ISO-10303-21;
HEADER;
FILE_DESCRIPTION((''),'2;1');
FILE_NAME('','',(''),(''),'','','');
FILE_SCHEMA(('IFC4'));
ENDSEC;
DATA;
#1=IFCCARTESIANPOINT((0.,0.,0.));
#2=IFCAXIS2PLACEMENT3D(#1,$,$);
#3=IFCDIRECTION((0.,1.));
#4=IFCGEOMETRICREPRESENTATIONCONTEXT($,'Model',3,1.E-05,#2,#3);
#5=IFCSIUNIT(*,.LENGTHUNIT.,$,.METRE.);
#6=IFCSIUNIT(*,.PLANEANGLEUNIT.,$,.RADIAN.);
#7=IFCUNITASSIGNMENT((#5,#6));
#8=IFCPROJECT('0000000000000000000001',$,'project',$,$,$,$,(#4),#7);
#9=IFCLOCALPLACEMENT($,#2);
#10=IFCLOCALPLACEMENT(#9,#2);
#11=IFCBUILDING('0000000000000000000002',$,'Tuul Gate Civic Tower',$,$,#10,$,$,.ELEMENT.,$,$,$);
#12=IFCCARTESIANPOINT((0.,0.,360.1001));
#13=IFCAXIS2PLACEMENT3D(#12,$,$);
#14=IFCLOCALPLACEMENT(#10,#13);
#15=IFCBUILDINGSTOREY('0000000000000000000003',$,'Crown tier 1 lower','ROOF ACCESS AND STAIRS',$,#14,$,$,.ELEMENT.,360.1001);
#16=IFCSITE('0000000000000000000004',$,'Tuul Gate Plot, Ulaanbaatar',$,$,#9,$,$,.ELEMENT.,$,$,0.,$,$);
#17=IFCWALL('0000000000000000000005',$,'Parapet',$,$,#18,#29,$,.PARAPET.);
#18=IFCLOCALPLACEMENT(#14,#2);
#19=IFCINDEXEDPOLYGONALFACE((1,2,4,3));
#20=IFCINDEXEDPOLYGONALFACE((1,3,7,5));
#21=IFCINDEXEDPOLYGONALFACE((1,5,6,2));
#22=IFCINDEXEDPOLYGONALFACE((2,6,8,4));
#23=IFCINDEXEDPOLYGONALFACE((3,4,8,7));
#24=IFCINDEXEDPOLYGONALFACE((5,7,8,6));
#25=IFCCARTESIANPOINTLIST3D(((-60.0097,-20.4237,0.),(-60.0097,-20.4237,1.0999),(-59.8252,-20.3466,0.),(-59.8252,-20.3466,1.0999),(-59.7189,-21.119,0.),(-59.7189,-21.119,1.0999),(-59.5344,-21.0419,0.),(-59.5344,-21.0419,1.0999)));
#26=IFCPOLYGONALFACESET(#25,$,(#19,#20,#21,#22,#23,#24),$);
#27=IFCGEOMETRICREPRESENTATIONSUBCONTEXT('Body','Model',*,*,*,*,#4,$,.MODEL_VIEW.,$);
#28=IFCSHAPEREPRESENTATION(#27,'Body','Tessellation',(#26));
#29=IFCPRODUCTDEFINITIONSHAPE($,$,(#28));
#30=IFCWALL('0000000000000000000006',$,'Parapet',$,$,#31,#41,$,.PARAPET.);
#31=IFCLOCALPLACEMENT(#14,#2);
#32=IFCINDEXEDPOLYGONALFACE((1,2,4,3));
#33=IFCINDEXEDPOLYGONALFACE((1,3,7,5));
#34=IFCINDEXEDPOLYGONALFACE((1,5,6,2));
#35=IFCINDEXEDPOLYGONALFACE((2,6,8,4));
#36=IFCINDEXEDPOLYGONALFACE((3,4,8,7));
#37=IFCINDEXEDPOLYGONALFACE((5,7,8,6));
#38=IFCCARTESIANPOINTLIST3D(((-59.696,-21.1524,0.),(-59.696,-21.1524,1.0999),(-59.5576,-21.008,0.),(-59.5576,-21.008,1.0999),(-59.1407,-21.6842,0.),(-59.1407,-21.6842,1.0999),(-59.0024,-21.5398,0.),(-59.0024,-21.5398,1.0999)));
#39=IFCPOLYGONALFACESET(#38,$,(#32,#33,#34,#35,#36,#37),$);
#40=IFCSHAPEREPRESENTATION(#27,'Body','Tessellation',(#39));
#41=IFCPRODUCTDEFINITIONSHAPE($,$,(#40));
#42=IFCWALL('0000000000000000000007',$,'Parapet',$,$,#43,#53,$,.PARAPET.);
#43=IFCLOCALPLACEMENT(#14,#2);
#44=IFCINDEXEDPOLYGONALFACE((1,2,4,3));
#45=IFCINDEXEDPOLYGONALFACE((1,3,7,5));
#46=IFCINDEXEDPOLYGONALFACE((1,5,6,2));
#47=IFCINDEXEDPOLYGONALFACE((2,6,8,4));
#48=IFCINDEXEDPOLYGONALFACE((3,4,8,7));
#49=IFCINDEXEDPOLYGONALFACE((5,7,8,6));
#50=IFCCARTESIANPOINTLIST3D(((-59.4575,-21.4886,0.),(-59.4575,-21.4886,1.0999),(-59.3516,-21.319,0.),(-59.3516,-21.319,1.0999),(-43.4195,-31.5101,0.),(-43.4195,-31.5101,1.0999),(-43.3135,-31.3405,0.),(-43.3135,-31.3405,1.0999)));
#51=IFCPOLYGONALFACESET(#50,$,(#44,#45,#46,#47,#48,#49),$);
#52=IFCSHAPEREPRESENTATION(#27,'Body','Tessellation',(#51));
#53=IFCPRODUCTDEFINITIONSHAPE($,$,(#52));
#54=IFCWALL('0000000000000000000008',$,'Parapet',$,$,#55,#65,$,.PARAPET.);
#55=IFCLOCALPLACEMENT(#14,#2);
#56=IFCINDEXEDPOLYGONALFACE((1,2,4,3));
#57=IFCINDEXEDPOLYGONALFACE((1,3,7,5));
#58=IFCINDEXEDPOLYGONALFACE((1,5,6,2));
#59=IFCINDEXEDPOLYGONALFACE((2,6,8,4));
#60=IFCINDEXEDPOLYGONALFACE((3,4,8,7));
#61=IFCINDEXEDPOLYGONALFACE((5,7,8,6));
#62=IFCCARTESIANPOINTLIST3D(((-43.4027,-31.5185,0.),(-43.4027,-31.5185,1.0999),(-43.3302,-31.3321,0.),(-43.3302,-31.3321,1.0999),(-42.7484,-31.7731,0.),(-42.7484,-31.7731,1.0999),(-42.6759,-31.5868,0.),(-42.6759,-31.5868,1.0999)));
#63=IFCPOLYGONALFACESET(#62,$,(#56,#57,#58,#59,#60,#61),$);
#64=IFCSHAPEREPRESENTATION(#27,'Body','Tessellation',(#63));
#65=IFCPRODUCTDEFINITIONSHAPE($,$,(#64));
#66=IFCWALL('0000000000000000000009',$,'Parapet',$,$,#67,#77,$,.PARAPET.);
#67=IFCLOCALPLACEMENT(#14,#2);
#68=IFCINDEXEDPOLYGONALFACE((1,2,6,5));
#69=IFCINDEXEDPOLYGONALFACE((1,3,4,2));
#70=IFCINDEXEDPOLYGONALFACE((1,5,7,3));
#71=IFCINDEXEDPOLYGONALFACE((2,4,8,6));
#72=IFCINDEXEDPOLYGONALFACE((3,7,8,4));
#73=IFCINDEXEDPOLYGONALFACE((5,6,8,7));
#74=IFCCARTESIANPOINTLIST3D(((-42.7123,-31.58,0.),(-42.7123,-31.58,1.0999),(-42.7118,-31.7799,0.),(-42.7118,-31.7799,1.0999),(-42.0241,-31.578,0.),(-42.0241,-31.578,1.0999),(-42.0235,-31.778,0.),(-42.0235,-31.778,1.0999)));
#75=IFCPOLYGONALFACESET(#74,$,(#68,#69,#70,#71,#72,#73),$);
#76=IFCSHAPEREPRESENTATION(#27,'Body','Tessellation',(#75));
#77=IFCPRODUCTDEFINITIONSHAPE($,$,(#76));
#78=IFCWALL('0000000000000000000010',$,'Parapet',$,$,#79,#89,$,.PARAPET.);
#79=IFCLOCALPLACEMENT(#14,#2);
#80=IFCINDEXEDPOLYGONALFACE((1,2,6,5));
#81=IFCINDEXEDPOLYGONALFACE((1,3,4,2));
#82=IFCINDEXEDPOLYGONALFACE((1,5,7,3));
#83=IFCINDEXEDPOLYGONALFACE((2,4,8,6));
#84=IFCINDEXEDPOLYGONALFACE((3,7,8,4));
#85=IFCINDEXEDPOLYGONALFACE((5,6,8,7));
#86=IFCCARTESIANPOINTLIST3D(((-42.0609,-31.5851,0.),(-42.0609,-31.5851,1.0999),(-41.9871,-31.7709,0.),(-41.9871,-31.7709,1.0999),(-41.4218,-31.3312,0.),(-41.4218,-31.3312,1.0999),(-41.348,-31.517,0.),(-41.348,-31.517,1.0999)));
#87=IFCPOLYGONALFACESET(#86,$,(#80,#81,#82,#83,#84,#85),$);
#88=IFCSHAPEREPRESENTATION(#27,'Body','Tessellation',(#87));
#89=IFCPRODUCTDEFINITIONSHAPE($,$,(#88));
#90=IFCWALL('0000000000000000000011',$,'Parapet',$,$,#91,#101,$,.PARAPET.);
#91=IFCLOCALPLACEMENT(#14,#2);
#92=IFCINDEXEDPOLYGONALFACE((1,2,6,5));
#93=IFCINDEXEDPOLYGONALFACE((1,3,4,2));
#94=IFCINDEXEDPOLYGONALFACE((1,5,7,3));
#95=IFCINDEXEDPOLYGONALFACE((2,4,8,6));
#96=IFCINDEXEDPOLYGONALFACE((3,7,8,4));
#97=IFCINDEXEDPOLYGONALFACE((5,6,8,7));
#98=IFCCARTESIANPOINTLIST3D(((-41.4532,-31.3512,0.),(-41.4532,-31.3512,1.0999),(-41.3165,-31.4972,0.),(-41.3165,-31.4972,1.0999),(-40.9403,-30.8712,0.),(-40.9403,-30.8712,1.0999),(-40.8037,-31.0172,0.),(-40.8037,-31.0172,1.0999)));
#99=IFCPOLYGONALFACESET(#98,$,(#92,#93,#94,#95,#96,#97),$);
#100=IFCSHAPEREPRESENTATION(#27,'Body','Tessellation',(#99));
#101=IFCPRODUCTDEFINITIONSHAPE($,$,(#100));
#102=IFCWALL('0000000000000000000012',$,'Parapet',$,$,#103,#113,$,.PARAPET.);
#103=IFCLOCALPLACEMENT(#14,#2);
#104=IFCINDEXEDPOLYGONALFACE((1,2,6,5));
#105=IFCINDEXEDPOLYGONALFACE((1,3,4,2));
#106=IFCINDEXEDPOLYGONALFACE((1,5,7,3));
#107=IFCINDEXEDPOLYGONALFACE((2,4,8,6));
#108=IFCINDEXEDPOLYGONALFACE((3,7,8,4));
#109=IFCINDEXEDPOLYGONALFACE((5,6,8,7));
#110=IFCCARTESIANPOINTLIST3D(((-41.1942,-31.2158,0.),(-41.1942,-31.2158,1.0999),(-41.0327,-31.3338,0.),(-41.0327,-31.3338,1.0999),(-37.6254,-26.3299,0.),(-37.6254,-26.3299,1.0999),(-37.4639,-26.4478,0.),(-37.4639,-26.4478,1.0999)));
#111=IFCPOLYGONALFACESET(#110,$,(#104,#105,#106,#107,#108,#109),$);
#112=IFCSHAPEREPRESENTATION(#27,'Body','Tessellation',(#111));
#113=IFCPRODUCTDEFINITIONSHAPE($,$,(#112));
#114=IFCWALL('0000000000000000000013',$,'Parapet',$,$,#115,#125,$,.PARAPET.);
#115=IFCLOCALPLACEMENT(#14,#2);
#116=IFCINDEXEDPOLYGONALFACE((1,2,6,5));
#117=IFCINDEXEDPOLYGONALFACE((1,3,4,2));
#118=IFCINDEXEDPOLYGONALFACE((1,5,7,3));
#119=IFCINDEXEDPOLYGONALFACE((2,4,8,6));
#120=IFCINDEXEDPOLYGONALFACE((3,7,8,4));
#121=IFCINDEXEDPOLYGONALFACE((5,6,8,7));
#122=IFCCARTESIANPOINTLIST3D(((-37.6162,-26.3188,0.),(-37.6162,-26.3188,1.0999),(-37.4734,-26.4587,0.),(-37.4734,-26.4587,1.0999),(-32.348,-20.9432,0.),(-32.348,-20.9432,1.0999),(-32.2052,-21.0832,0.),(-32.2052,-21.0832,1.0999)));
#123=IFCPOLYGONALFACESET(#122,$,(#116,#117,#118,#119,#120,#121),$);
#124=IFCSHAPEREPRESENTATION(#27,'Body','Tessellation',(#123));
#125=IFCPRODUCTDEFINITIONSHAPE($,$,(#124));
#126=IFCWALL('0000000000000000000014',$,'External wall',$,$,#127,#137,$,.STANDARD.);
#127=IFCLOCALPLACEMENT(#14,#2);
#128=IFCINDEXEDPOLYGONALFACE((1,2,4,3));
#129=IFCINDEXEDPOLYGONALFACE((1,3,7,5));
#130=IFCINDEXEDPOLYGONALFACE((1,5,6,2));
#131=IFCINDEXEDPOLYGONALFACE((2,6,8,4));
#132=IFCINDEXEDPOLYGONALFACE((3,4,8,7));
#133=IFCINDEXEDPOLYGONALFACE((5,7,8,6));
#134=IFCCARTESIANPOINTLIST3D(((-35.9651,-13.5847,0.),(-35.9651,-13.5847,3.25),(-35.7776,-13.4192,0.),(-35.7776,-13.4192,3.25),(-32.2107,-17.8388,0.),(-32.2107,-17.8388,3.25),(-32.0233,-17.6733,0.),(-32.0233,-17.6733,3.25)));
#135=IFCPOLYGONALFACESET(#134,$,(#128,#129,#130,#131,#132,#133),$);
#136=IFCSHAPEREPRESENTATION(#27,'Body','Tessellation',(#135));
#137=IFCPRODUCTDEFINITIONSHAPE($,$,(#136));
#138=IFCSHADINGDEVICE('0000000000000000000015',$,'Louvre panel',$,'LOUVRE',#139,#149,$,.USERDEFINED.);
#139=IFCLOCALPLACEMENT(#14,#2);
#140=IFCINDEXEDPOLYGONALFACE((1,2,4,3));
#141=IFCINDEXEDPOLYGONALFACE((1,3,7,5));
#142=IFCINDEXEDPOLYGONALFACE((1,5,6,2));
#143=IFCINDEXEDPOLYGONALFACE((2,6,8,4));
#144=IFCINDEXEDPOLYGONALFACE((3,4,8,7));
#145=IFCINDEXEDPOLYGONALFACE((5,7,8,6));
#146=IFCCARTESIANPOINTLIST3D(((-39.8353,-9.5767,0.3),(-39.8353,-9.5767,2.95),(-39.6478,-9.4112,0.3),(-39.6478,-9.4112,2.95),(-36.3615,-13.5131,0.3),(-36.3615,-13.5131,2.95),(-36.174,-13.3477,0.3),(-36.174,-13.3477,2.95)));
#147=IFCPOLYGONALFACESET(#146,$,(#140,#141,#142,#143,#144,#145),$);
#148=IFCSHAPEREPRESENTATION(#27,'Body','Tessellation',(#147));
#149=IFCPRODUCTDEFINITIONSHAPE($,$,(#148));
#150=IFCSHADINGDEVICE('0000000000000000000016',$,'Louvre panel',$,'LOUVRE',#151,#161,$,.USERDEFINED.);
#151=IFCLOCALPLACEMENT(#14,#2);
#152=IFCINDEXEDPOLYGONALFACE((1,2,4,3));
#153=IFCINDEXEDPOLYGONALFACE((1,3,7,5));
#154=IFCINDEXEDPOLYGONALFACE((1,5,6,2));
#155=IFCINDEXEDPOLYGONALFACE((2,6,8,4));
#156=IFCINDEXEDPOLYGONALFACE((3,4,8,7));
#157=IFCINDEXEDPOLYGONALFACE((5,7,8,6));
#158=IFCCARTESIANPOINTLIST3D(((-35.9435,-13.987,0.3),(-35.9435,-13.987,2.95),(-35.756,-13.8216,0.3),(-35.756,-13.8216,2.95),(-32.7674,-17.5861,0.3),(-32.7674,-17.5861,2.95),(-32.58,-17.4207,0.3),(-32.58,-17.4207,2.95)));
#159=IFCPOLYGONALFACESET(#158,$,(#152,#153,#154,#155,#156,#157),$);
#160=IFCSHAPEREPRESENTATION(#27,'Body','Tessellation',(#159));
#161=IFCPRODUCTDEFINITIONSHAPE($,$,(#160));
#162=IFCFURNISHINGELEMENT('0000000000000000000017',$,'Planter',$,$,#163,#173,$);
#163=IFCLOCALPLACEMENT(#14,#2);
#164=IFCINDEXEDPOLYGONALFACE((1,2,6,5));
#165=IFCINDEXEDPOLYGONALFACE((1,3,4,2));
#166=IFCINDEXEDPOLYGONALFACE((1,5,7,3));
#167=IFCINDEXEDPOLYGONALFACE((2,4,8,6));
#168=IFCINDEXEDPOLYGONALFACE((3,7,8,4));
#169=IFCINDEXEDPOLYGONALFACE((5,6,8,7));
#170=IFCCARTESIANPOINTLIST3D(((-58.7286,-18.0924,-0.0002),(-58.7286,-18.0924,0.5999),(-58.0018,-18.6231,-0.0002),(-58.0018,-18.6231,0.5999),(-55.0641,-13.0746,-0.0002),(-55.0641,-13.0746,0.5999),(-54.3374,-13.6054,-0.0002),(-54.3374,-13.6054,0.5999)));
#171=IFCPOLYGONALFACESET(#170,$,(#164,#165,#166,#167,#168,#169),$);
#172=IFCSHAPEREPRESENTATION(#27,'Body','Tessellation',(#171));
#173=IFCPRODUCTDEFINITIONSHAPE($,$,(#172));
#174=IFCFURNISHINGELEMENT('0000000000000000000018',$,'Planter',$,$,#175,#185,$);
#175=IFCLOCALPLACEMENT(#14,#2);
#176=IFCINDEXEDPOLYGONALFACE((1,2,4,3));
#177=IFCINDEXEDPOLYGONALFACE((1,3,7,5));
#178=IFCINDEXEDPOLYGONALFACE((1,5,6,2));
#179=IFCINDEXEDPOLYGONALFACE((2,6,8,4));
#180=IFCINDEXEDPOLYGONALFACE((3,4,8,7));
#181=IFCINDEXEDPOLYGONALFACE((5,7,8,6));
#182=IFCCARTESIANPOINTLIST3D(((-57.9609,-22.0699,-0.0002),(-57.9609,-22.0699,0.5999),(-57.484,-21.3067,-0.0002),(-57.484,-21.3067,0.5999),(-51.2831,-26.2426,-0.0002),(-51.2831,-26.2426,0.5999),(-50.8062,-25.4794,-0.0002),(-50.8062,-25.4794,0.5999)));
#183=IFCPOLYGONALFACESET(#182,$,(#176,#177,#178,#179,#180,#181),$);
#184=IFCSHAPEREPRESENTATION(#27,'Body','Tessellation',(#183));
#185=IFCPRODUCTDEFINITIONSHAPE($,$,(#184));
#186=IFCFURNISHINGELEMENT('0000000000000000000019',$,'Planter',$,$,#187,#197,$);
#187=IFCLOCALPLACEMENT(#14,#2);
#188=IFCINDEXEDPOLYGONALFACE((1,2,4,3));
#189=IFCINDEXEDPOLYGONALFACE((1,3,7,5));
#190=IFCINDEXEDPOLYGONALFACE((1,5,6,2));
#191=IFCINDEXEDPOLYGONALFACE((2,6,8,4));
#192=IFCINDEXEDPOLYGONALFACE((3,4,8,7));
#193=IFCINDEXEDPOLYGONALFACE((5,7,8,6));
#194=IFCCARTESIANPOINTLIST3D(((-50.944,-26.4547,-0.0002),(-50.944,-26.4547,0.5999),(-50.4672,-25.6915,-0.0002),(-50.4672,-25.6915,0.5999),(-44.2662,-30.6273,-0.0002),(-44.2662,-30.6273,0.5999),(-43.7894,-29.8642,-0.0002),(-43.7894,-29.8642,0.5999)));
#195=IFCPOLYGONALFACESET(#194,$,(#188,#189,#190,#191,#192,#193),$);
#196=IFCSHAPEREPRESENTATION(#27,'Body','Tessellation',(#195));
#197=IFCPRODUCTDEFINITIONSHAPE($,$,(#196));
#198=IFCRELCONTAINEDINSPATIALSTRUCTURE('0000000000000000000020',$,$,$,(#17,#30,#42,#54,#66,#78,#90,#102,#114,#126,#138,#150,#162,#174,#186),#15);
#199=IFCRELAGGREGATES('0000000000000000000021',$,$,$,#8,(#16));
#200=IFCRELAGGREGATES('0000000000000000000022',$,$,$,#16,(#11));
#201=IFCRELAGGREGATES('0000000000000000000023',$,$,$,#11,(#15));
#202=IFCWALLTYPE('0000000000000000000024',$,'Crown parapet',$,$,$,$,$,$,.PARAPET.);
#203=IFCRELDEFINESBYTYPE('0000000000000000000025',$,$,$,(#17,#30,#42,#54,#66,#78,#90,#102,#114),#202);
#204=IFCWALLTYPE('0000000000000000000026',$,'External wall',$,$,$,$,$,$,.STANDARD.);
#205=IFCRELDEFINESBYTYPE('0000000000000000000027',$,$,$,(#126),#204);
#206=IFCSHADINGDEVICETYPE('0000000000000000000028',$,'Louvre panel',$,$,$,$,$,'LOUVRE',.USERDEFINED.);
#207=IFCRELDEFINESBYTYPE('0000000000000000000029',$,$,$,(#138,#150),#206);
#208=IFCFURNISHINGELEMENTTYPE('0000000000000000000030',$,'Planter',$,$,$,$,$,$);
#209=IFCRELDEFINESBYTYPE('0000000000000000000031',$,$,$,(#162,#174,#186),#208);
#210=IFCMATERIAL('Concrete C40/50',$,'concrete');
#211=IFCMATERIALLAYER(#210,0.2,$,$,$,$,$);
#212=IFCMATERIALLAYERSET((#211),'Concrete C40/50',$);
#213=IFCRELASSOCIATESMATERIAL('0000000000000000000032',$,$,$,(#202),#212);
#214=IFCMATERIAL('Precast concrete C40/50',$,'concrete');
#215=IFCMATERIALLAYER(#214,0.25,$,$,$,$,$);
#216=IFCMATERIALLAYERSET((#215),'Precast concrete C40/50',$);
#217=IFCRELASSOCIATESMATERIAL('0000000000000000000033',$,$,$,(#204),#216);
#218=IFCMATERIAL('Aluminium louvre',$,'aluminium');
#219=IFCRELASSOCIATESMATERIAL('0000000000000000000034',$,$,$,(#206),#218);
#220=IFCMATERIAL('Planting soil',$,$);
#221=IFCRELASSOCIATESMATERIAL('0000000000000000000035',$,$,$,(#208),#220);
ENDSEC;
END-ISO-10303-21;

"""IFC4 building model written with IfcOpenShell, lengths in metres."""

from ifc_helpers import new_model, si_unit, direction, frame, frame_2d, origin, origin_2d, place, context, subcontext, project, spatial, rectangle, extrude, material, layer, layer_set, type_object, element, save


model = new_model("IFC4")

# Units and contexts
model_context = context("Model", 3, precision=1e-05, world=origin(), true_north=direction((0.0, 1.0)))
body_context = subcontext(model_context, "Body", "Model", "MODEL_VIEW")
ifc_project = project(units=[si_unit("LENGTHUNIT", "METRE"), si_unit("PLANEANGLEUNIT", "RADIAN")], contexts=[model_context])

# Site, building, storey
site_placement = place(None, origin())
site = spatial("IfcSite", under=ifc_project, at=site_placement, Name="Tuul Gate Plot, Ulaanbaatar", CompositionType="ELEMENT", RefElevation=0.0)
building_placement = place(site_placement, origin())
building = spatial("IfcBuilding", under=site, at=building_placement, Name="Tuul Gate Civic Tower", CompositionType="ELEMENT")
storey_placement = place(building_placement, frame((0.0, 0.0, 360.1001)))
storey = spatial("IfcBuildingStorey", under=building, at=storey_placement, Name="Crown tier 1 lower", Description="ROOF ACCESS AND STAIRS", CompositionType="ELEMENT", Elevation=360.1001)

# Walls
ifc_material_1 = material(Name="Concrete C40/50", Category="concrete")
ifc_layer_1 = layer(ifc_material_1, 0.2)
ifc_layer_set_1 = layer_set([ifc_layer_1], Name="Concrete C40/50")
wall_type_1 = type_object("IfcWallType", Name="Crown parapet", PredefinedType="PARAPET", material=ifc_layer_set_1)
wall_1_placement = place(storey_placement, frame((-59.9175, -20.385, 0.0), z_axis=(0.0, 0.0, 1.0), x_axis=(0.385811, -0.922578, 0.0)))
element("IfcWall", 1, at=wall_1_placement, inside=storey, type_object=wall_type_1, Name="Parapet", PredefinedType="PARAPET", context=body_context, shape_type="SweptSolid", body=[
    extrude(rectangle(XDim=0.7537, YDim=0.2, at=frame_2d((0.377, 0.0))), origin(), (0.0, 0.0, 1.0), 1.0999),
])
wall_2_placement = place(storey_placement, frame((-59.6267, -21.0803, 0.0), z_axis=(0.0, 0.0, 1.0), x_axis=(0.722186, -0.691698, 0.0)))
element("IfcWall", 2, at=wall_2_placement, inside=storey, type_object=wall_type_1, Name="Parapet", PredefinedType="PARAPET", context=body_context, shape_type="SweptSolid", body=[
    extrude(rectangle(XDim=0.7688, YDim=0.2, at=frame_2d((0.3843, 0.0))), origin(), (0.0, 0.0, 1.0), 1.0999),
])
wall_3_placement = place(storey_placement, frame((-59.4045, -21.4038, 0.0), z_axis=(0.0, 0.0, 1.0), x_axis=(0.848053, -0.529911, 0.0)))
element("IfcWall", 3, at=wall_3_placement, inside=storey, type_object=wall_type_1, Name="Parapet", PredefinedType="PARAPET", context=body_context, shape_type="SweptSolid", body=[
    extrude(rectangle(XDim=18.9116, YDim=0.2, at=frame_2d((9.4558, 0.0))), origin(), (0.0, 0.0, 1.0), 1.0999),
])
wall_4_placement = place(storey_placement, frame((-43.3665, -31.4253, 0.0), z_axis=(0.0, 0.0, 1.0), x_axis=(0.931913, -0.362681, 0.0)))
element("IfcWall", 4, at=wall_4_placement, inside=storey, type_object=wall_type_1, Name="Parapet", PredefinedType="PARAPET", context=body_context, shape_type="SweptSolid", body=[
    extrude(rectangle(XDim=0.7021, YDim=0.2, at=frame_2d((0.3511, 0.0))), origin(), (0.0, 0.0, 1.0), 1.0999),
])
wall_5_placement = place(storey_placement, frame((-42.7122, -31.6799, 0.0), z_axis=(0.0, 0.0, 1.0), x_axis=(0.999996, 0.002838, 0.0)))
element("IfcWall", 5, at=wall_5_placement, inside=storey, type_object=wall_type_1, Name="Parapet", PredefinedType="PARAPET", context=body_context, shape_type="SweptSolid", body=[
    extrude(rectangle(XDim=0.6882, YDim=0.2, at=frame_2d((0.3442, 0.0))), origin(), (0.0, 0.0, 1.0), 1.0999),
])
wall_6_placement = place(storey_placement, frame((-42.0239, -31.678, 0.0), z_axis=(0.0, 0.0, 1.0), x_axis=(0.929355, 0.369186, 0.0)))
element("IfcWall", 6, at=wall_6_placement, inside=storey, type_object=wall_type_1, Name="Parapet", PredefinedType="PARAPET", context=body_context, shape_type="SweptSolid", body=[
    extrude(rectangle(XDim=0.6877, YDim=0.2, at=frame_2d((0.3438, 0.0))), origin(), (0.0, 0.0, 1.0), 1.0999),
])
wall_7_placement = place(storey_placement, frame((-41.3848, -31.4241, 0.0), z_axis=(0.0, 0.0, 1.0), x_axis=(0.730176, 0.683259, 0.0)))
element("IfcWall", 7, at=wall_7_placement, inside=storey, type_object=wall_type_1, Name="Parapet", PredefinedType="PARAPET", context=body_context, shape_type="SweptSolid", body=[
    extrude(rectangle(XDim=0.7024, YDim=0.2, at=frame_2d((0.3511, 0.0))), origin(), (0.0, 0.0, 1.0), 1.0999),
])
wall_8_placement = place(storey_placement, frame((-41.1135, -31.2749, 0.0), z_axis=(0.0, 0.0, 1.0), x_axis=(0.589835, 0.807523, 0.0)))
element("IfcWall", 8, at=wall_8_placement, inside=storey, type_object=wall_type_1, Name="Parapet", PredefinedType="PARAPET", context=body_context, shape_type="SweptSolid", body=[
    extrude(rectangle(XDim=6.0505, YDim=0.2, at=frame_2d((3.0254, 0.0))), origin(), (0.0, 0.0, 1.0), 1.0999),
])
wall_9_placement = place(storey_placement, frame((-37.5447, -26.3887, 0.0), z_axis=(0.0, 0.0, 1.0), x_axis=(0.699935, 0.714207, 0.0)))
element("IfcWall", 9, at=wall_9_placement, inside=storey, type_object=wall_type_1, Name="Parapet", PredefinedType="PARAPET", context=body_context, shape_type="SweptSolid", body=[
    extrude(rectangle(XDim=7.5266, YDim=0.2, at=frame_2d((3.7632, 0.0))), origin(), (0.0, 0.0, 1.0), 1.0999),
])
ifc_material_2 = material(Name="Precast concrete C40/50", Category="concrete")
ifc_layer_2 = layer(ifc_material_2, 0.25)
ifc_layer_set_2 = layer_set([ifc_layer_2], Name="Precast concrete C40/50")
wall_type_2 = type_object("IfcWallType", Name="External wall", PredefinedType="STANDARD", material=ifc_layer_set_2)
wall_10_placement = place(storey_placement, frame((-35.8713, -13.502, 0.0), z_axis=(0.0, 0.0, 1.0), x_axis=(0.661694, -0.749774, 0.0)))
element("IfcWall", 10, at=wall_10_placement, inside=storey, type_object=wall_type_2, Name="External wall", PredefinedType="STANDARD", context=body_context, shape_type="SweptSolid", body=[
    extrude(rectangle(XDim=5.6738, YDim=0.25, at=frame_2d((2.8369, 0.0))), origin(), (0.0, 0.0, 1.0), 3.25),
])

# Shading devices
ifc_material_3 = material(Name="Aluminium louvre", Category="aluminium")
shading_device_type = type_object("IfcShadingDeviceType", Name="Louvre panel", ElementType="LOUVRE", PredefinedType="USERDEFINED", material=ifc_material_3)
shading_device_1_placement = place(storey_placement, frame((-38.0046, -11.4622, 0.3), z_axis=(0.0, 0.0, 1.0), x_axis=(-0.749793, -0.661672, 0.0)))
element("IfcShadingDevice", 11, at=shading_device_1_placement, inside=storey, type_object=shading_device_type, Name="Louvre panel", ObjectType="LOUVRE", PredefinedType="USERDEFINED", context=body_context, shape_type="SweptSolid", body=[
    extrude(rectangle(XDim=0.25, YDim=5.25, at=origin_2d()), origin(), (0.0, 0.0, 1.0), 2.6499),
])
shading_device_2_placement = place(storey_placement, frame((-34.2617, -15.7039, 0.3), z_axis=(0.0, 0.0, 1.0), x_axis=(-0.749793, -0.661672, 0.0)))
element("IfcShadingDevice", 12, at=shading_device_2_placement, inside=storey, type_object=shading_device_type, Name="Louvre panel", ObjectType="LOUVRE", PredefinedType="USERDEFINED", context=body_context, shape_type="SweptSolid", body=[
    extrude(rectangle(XDim=0.25, YDim=4.8, at=origin_2d()), origin(), (0.0, 0.0, 1.0), 2.6499),
])

# Furnishing elements
ifc_material_4 = material(Name="Planting soil")
furnishing_element_type = type_object("IfcFurnishingElementType", Name="Planter", material=ifc_material_4)
furnishing_1_placement = place(storey_placement, frame((-56.533, -15.8489, -0.0002), z_axis=(0.0, 0.0, 1.0), x_axis=(-0.589772, -0.80757, 0.0)))
element("IfcFurnishingElement", 13, at=furnishing_1_placement, inside=storey, type_object=furnishing_element_type, Name="Planter", context=body_context, shape_type="SweptSolid", body=[
    extrude(rectangle(XDim=6.2134, YDim=0.8999, at=origin_2d()), origin(), (0.0, 0.0, 1.0), 0.6001),
])
for number, where, z_axis, x_axis, name in (
    (14, (-54.3835, -23.7747, -0.0002), (0.0, 0.0, 1.0), (0.848053, -0.529912, 0.0), "Planter"),
    (15, (-47.3667, -28.1594, -0.0002), (0.0, 0.0, 1.0), (0.848053, -0.529912, 0.0), "Planter"),
):
    element("IfcFurnishingElement", number, at=place(storey_placement, frame(where, z_axis=z_axis, x_axis=x_axis)), inside=storey, type_object=furnishing_element_type, Name=name, context=body_context, shape_type="SweptSolid", body=[
        extrude(rectangle(XDim=7.8743, YDim=0.8999, at=origin_2d()), origin(), (0.0, 0.0, 1.0), 0.6001),
    ])

save(model, "model.ifc")
